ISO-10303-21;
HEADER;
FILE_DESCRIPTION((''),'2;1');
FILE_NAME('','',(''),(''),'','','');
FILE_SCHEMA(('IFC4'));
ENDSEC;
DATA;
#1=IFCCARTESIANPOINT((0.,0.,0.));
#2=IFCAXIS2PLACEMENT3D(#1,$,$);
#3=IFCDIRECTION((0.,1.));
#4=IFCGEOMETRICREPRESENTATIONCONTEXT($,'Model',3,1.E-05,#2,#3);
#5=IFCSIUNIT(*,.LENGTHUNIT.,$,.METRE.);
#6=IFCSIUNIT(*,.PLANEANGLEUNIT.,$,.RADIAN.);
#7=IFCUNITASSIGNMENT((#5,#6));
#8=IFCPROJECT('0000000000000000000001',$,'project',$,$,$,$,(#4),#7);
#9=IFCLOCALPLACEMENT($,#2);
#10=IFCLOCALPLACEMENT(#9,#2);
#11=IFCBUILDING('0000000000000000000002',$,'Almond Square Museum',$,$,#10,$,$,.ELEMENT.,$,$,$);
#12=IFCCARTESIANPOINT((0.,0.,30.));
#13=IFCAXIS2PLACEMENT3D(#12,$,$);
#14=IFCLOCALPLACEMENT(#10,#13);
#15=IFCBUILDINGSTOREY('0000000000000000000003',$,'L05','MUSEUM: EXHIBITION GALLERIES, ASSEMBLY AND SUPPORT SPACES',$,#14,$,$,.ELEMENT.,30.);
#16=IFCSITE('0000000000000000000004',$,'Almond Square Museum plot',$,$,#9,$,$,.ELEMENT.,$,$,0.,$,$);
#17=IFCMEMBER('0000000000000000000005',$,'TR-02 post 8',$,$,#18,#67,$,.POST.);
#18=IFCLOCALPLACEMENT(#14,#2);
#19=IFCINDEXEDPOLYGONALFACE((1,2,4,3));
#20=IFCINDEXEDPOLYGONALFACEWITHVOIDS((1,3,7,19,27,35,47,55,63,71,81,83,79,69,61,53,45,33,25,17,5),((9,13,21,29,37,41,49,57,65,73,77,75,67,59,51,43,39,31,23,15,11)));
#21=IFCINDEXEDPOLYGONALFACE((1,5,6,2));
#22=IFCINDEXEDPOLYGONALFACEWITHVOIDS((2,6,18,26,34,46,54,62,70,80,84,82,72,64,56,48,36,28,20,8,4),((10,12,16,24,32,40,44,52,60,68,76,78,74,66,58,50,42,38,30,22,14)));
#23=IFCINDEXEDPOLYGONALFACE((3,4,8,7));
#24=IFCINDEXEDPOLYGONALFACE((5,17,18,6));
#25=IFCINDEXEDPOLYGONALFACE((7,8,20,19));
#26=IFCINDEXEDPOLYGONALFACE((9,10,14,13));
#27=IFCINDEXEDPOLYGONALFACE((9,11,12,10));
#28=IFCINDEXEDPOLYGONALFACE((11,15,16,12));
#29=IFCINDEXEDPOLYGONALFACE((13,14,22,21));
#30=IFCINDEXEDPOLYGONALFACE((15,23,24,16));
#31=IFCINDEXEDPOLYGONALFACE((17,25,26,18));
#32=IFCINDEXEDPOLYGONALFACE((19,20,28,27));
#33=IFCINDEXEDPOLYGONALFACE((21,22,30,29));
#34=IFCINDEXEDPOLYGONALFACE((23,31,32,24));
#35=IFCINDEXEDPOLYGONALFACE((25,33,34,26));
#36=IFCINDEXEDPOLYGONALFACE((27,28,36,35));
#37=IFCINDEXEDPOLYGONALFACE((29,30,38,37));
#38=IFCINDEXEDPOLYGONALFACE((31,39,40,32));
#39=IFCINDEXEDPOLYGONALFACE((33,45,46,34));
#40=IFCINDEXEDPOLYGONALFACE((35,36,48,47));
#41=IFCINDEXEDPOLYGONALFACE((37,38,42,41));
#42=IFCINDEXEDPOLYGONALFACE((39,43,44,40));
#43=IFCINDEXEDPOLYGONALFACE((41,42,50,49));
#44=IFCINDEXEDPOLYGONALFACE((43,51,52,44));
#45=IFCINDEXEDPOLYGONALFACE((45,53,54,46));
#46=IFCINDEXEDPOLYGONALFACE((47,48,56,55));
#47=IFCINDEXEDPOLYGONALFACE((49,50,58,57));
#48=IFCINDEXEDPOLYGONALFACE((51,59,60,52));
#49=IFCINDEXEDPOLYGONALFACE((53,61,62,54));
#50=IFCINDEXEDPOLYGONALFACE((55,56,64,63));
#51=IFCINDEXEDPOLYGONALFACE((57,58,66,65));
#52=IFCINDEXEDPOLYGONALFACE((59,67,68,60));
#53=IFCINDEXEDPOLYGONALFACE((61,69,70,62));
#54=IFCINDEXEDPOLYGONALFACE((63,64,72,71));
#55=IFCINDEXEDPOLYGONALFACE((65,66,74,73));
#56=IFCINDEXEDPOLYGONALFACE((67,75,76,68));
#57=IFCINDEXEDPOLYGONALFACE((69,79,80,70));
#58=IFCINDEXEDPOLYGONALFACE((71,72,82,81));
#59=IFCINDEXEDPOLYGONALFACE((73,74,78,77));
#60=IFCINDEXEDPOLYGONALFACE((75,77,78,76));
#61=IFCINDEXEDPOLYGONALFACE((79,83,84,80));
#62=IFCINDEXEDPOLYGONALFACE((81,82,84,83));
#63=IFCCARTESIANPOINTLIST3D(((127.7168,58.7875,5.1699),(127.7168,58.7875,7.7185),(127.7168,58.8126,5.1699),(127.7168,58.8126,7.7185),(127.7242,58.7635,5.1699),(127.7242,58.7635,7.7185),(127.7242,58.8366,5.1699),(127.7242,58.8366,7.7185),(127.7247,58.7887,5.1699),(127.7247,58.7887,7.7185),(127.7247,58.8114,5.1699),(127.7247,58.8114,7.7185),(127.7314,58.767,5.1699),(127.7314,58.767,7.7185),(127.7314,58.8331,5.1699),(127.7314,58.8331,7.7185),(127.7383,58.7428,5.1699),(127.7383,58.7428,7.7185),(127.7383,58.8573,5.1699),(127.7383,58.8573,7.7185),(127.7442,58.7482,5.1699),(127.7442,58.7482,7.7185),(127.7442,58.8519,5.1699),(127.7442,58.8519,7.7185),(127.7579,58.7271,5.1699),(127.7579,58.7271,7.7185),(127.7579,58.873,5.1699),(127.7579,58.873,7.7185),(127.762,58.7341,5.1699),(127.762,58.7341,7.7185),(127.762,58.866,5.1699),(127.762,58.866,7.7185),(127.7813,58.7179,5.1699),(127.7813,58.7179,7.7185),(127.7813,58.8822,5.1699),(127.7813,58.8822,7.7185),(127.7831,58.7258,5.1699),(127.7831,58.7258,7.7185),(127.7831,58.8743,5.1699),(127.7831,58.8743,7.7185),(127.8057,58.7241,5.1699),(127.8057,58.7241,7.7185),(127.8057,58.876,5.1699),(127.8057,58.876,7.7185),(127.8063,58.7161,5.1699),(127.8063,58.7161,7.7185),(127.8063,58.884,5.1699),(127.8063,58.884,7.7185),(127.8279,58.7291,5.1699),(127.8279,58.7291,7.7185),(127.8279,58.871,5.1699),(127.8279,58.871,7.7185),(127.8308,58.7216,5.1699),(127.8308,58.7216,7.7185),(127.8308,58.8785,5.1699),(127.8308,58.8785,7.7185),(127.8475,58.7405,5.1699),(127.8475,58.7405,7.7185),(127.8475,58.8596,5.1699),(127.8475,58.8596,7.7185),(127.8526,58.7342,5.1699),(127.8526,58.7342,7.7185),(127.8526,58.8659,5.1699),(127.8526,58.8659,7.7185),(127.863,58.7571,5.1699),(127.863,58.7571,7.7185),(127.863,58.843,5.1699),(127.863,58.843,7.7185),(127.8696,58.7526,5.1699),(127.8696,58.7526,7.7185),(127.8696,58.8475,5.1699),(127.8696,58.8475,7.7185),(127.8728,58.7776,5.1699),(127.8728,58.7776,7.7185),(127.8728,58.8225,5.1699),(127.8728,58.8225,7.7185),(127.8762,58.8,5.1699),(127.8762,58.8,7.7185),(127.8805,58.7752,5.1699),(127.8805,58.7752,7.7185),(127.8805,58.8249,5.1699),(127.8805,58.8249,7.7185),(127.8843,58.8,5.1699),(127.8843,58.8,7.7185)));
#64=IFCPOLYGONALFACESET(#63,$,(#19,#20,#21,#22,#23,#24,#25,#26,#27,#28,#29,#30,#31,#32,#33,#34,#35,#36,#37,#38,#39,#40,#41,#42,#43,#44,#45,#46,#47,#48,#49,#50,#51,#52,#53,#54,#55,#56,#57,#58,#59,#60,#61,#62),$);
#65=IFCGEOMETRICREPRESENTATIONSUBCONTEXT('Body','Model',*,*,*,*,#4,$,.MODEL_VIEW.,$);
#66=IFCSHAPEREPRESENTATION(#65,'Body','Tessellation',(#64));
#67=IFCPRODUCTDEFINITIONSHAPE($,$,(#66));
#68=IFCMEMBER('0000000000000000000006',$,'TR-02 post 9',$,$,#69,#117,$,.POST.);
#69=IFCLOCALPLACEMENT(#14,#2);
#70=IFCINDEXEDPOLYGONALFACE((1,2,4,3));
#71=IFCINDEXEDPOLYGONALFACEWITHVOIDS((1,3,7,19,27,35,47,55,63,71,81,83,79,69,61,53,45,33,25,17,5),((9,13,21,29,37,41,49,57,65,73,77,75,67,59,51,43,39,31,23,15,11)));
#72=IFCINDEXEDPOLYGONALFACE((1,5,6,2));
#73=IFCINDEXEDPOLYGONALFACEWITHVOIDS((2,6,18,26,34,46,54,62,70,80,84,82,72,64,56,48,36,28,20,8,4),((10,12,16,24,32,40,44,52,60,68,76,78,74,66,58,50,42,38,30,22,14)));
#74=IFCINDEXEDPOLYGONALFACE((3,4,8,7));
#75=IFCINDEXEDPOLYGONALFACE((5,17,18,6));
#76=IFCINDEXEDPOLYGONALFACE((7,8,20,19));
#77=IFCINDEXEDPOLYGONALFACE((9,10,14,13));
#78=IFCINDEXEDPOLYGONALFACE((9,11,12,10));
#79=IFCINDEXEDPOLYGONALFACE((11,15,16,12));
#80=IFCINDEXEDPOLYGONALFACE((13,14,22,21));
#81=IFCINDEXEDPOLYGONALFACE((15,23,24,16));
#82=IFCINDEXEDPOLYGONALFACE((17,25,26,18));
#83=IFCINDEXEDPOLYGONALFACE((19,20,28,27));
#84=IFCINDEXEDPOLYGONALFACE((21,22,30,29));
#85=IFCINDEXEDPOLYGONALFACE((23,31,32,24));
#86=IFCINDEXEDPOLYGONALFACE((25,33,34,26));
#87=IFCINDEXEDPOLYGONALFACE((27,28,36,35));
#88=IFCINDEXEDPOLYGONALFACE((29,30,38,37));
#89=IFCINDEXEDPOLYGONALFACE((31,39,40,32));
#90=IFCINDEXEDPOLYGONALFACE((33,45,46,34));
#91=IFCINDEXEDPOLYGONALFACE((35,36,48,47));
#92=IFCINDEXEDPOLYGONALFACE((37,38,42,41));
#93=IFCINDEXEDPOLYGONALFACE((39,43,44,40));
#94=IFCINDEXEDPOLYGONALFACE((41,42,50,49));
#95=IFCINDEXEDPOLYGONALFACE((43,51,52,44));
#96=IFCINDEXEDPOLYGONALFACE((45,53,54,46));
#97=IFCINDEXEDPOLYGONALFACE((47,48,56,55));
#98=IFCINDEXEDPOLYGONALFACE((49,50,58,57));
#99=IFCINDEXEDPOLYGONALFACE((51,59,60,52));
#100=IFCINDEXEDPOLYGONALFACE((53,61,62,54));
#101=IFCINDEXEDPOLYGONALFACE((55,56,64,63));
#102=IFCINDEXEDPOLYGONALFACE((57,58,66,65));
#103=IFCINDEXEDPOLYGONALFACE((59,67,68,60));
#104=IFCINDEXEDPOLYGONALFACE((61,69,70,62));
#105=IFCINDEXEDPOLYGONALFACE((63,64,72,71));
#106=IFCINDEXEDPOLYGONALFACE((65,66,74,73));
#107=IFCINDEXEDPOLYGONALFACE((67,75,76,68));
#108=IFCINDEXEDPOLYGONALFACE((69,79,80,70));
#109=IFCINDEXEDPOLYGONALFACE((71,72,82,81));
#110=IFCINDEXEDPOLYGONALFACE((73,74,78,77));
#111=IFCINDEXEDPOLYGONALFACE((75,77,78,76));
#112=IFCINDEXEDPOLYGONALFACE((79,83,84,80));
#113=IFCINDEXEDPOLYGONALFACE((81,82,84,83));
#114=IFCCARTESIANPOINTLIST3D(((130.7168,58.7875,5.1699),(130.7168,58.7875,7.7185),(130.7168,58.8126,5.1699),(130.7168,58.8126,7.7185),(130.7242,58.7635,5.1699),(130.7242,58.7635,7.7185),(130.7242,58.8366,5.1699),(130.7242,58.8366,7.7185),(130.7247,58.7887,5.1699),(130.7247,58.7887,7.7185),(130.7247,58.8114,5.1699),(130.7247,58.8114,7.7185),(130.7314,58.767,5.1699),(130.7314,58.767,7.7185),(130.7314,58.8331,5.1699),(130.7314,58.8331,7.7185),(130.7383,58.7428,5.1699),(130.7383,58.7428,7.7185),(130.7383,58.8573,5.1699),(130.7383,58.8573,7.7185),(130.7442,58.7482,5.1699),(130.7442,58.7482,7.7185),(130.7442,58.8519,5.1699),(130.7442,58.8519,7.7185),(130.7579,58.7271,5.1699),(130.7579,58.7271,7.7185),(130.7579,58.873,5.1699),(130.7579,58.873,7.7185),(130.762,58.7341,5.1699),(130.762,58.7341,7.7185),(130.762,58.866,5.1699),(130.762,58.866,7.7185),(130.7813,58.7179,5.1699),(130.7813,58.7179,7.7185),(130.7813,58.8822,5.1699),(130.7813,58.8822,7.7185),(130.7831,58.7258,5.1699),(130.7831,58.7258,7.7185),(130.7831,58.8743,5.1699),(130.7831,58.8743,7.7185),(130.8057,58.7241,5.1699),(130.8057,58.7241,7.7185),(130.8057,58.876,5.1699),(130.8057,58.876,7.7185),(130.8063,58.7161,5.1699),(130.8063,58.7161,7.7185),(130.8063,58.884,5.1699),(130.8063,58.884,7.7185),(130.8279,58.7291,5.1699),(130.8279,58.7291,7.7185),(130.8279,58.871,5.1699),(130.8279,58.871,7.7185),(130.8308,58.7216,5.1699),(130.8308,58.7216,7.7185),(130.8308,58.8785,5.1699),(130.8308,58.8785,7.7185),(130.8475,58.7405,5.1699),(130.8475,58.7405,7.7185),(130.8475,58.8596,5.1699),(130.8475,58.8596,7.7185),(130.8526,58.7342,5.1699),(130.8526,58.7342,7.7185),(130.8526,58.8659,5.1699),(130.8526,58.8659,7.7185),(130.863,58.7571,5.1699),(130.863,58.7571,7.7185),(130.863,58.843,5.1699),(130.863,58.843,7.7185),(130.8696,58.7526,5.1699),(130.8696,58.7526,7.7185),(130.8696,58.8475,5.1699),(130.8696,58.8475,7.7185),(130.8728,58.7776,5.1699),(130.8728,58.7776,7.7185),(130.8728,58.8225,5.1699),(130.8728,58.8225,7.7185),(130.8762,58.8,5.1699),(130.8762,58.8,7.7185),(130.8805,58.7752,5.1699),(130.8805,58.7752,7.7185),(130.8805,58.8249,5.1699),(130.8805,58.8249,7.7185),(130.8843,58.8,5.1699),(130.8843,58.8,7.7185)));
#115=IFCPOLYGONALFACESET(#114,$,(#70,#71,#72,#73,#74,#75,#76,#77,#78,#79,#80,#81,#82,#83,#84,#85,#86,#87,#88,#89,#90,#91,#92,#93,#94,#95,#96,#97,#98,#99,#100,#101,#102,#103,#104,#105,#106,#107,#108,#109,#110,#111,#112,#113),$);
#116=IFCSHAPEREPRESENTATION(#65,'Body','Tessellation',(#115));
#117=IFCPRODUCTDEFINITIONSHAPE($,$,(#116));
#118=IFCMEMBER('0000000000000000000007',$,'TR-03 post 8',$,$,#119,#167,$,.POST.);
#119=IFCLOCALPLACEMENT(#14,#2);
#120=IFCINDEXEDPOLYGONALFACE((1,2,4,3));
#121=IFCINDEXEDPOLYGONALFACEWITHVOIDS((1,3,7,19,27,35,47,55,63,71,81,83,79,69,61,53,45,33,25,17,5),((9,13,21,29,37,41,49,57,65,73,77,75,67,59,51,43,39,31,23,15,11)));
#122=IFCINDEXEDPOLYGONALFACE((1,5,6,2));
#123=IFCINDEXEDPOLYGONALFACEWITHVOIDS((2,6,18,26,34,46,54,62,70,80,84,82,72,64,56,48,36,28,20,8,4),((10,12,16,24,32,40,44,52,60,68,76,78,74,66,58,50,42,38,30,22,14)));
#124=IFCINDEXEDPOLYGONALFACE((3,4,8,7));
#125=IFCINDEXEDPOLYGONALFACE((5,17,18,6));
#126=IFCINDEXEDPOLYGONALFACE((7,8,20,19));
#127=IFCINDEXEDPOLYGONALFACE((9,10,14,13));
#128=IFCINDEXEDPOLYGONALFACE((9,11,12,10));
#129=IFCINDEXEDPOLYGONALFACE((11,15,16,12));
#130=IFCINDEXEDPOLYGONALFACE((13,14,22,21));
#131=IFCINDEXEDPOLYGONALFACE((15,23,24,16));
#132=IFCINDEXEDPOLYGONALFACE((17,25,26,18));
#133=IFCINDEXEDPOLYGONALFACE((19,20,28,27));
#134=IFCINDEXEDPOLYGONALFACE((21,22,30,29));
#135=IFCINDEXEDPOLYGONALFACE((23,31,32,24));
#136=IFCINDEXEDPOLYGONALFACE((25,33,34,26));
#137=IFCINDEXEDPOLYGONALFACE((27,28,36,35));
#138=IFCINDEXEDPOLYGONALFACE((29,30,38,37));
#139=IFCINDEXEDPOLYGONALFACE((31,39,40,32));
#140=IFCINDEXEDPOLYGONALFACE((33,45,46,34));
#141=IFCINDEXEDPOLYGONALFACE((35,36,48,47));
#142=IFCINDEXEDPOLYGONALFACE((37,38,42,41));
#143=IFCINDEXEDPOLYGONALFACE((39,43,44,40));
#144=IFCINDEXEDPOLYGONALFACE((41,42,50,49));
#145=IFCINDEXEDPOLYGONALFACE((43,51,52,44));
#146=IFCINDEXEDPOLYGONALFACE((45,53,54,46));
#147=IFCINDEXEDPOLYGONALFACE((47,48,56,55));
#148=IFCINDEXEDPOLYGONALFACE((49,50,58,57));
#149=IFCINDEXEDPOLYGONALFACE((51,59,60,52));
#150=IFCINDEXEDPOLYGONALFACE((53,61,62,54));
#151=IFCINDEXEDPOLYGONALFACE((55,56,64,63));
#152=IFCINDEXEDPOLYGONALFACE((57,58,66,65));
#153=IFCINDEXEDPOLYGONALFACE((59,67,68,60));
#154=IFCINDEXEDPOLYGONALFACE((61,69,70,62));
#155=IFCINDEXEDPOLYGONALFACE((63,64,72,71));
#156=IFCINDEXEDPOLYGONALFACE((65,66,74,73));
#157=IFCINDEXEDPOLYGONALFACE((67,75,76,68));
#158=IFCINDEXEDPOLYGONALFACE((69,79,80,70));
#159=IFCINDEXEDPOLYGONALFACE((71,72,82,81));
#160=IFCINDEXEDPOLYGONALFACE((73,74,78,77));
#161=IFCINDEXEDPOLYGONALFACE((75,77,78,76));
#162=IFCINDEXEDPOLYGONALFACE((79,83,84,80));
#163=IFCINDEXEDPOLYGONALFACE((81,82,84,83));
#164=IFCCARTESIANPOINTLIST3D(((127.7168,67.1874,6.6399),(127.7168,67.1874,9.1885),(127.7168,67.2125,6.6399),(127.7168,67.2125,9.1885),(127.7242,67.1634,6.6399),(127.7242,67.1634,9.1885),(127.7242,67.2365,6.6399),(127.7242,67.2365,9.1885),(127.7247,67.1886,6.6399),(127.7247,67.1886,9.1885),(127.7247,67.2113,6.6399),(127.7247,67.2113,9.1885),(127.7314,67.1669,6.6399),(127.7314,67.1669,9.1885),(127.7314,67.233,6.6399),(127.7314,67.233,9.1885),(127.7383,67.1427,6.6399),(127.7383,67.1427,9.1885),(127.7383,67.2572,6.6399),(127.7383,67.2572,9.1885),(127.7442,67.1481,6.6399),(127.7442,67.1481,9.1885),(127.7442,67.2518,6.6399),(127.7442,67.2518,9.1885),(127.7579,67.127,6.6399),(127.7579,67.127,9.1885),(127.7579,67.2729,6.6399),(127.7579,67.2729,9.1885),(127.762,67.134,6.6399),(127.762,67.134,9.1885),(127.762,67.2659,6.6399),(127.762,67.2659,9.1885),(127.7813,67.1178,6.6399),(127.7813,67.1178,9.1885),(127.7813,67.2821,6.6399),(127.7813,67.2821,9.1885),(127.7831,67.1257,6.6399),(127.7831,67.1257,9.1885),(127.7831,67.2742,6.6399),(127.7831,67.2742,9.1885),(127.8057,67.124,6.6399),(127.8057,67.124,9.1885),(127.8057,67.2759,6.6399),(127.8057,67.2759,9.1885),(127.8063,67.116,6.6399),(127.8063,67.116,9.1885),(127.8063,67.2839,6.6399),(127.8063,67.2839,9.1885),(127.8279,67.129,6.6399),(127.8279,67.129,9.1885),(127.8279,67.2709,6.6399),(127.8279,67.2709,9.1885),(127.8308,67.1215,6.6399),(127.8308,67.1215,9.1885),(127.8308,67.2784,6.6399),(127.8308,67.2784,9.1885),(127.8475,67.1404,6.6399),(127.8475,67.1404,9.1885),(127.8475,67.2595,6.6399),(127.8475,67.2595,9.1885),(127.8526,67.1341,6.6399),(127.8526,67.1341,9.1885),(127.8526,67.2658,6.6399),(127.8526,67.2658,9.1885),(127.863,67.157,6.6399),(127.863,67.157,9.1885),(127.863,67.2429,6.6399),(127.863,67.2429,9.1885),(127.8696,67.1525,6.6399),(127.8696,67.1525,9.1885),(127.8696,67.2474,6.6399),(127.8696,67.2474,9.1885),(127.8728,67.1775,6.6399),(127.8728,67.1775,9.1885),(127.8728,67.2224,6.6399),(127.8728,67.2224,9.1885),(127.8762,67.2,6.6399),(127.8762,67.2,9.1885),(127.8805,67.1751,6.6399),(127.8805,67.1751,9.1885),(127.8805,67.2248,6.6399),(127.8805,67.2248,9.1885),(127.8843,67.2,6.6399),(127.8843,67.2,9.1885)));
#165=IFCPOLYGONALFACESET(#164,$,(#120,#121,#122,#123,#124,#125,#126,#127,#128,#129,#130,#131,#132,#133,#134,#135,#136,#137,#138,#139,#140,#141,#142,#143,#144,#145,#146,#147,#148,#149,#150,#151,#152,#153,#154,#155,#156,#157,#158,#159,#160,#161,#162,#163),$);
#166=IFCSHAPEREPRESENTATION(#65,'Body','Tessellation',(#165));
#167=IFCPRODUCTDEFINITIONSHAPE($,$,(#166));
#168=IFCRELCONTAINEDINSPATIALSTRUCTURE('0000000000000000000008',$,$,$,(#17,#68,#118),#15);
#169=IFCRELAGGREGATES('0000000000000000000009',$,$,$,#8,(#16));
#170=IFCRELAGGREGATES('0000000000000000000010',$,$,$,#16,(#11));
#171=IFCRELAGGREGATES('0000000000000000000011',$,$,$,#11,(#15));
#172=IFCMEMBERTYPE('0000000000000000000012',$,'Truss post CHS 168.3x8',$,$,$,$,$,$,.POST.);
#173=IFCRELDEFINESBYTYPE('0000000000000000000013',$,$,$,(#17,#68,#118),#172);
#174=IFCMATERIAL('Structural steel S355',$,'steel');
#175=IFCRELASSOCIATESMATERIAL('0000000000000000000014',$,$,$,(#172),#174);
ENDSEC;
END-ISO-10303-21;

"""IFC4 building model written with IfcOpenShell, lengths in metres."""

from ifc_helpers import new_model, si_unit, direction, frame, origin, origin_2d, place, context, subcontext, project, spatial, hollow_circle, extrude, material, material_profile, profile_set, type_object, element, save


model = new_model("IFC4")

# Units and contexts
model_context = context("Model", 3, precision=1e-05, world=origin(), true_north=direction((0.0, 1.0)))
body_context = subcontext(model_context, "Body", "Model", "MODEL_VIEW")
ifc_project = project(units=[si_unit("LENGTHUNIT", "METRE"), si_unit("PLANEANGLEUNIT", "RADIAN")], contexts=[model_context])

# Site, building, storey
site_placement = place(None, origin())
site = spatial("IfcSite", under=ifc_project, at=site_placement, Name="Almond Square Museum plot", CompositionType="ELEMENT", RefElevation=0.0)
building_placement = place(site_placement, origin())
building = spatial("IfcBuilding", under=site, at=building_placement, Name="Almond Square Museum", CompositionType="ELEMENT")
storey_placement = place(building_placement, frame((0.0, 0.0, 30.0)))
storey = spatial("IfcBuildingStorey", under=building, at=storey_placement, Name="L05", Description="MUSEUM: EXHIBITION GALLERIES, ASSEMBLY AND SUPPORT SPACES", CompositionType="ELEMENT", Elevation=30.0)

# Members
ifc_material_1 = material(Name="Structural steel S355", Category="steel")
ifc_material_profile_1 = material_profile(ifc_material_1, hollow_circle(Radius=0.0842, WallThickness=0.0081, at=origin_2d()))
ifc_profile_set_1 = profile_set([ifc_material_profile_1], Name="Structural steel S355")
member_type_1 = type_object("IfcMemberType", Name="Truss post CHS 168.3x8", PredefinedType="POST", material=ifc_profile_set_1)
for number, where, z_axis, x_axis, name in (
    (1, (127.8, 58.8, 5.1699), (0.0, 0.0, 1.0), (1.0, 0.0, 0.0), "TR-02 post 8"),
    (2, (130.8, 58.8, 5.1699), (0.0, 0.0, 1.0), (1.0, 0.0, 0.0), "TR-02 post 9"),
    (3, (127.8, 67.2, 6.6399), (0.0, 0.0, 1.0), (1.0, 0.0, 0.0), "TR-03 post 8"),
):
    element("IfcMember", number, at=place(storey_placement, frame(where, z_axis=z_axis, x_axis=x_axis)), inside=storey, type_object=member_type_1, Name=name, PredefinedType="POST", context=body_context, shape_type="SweptSolid", body=[
        extrude(hollow_circle(Radius=0.0842, WallThickness=0.0081, at=origin_2d()), origin(), (0.0, 0.0, 1.0), 2.5486),
    ])

save(model, "model.ifc")
